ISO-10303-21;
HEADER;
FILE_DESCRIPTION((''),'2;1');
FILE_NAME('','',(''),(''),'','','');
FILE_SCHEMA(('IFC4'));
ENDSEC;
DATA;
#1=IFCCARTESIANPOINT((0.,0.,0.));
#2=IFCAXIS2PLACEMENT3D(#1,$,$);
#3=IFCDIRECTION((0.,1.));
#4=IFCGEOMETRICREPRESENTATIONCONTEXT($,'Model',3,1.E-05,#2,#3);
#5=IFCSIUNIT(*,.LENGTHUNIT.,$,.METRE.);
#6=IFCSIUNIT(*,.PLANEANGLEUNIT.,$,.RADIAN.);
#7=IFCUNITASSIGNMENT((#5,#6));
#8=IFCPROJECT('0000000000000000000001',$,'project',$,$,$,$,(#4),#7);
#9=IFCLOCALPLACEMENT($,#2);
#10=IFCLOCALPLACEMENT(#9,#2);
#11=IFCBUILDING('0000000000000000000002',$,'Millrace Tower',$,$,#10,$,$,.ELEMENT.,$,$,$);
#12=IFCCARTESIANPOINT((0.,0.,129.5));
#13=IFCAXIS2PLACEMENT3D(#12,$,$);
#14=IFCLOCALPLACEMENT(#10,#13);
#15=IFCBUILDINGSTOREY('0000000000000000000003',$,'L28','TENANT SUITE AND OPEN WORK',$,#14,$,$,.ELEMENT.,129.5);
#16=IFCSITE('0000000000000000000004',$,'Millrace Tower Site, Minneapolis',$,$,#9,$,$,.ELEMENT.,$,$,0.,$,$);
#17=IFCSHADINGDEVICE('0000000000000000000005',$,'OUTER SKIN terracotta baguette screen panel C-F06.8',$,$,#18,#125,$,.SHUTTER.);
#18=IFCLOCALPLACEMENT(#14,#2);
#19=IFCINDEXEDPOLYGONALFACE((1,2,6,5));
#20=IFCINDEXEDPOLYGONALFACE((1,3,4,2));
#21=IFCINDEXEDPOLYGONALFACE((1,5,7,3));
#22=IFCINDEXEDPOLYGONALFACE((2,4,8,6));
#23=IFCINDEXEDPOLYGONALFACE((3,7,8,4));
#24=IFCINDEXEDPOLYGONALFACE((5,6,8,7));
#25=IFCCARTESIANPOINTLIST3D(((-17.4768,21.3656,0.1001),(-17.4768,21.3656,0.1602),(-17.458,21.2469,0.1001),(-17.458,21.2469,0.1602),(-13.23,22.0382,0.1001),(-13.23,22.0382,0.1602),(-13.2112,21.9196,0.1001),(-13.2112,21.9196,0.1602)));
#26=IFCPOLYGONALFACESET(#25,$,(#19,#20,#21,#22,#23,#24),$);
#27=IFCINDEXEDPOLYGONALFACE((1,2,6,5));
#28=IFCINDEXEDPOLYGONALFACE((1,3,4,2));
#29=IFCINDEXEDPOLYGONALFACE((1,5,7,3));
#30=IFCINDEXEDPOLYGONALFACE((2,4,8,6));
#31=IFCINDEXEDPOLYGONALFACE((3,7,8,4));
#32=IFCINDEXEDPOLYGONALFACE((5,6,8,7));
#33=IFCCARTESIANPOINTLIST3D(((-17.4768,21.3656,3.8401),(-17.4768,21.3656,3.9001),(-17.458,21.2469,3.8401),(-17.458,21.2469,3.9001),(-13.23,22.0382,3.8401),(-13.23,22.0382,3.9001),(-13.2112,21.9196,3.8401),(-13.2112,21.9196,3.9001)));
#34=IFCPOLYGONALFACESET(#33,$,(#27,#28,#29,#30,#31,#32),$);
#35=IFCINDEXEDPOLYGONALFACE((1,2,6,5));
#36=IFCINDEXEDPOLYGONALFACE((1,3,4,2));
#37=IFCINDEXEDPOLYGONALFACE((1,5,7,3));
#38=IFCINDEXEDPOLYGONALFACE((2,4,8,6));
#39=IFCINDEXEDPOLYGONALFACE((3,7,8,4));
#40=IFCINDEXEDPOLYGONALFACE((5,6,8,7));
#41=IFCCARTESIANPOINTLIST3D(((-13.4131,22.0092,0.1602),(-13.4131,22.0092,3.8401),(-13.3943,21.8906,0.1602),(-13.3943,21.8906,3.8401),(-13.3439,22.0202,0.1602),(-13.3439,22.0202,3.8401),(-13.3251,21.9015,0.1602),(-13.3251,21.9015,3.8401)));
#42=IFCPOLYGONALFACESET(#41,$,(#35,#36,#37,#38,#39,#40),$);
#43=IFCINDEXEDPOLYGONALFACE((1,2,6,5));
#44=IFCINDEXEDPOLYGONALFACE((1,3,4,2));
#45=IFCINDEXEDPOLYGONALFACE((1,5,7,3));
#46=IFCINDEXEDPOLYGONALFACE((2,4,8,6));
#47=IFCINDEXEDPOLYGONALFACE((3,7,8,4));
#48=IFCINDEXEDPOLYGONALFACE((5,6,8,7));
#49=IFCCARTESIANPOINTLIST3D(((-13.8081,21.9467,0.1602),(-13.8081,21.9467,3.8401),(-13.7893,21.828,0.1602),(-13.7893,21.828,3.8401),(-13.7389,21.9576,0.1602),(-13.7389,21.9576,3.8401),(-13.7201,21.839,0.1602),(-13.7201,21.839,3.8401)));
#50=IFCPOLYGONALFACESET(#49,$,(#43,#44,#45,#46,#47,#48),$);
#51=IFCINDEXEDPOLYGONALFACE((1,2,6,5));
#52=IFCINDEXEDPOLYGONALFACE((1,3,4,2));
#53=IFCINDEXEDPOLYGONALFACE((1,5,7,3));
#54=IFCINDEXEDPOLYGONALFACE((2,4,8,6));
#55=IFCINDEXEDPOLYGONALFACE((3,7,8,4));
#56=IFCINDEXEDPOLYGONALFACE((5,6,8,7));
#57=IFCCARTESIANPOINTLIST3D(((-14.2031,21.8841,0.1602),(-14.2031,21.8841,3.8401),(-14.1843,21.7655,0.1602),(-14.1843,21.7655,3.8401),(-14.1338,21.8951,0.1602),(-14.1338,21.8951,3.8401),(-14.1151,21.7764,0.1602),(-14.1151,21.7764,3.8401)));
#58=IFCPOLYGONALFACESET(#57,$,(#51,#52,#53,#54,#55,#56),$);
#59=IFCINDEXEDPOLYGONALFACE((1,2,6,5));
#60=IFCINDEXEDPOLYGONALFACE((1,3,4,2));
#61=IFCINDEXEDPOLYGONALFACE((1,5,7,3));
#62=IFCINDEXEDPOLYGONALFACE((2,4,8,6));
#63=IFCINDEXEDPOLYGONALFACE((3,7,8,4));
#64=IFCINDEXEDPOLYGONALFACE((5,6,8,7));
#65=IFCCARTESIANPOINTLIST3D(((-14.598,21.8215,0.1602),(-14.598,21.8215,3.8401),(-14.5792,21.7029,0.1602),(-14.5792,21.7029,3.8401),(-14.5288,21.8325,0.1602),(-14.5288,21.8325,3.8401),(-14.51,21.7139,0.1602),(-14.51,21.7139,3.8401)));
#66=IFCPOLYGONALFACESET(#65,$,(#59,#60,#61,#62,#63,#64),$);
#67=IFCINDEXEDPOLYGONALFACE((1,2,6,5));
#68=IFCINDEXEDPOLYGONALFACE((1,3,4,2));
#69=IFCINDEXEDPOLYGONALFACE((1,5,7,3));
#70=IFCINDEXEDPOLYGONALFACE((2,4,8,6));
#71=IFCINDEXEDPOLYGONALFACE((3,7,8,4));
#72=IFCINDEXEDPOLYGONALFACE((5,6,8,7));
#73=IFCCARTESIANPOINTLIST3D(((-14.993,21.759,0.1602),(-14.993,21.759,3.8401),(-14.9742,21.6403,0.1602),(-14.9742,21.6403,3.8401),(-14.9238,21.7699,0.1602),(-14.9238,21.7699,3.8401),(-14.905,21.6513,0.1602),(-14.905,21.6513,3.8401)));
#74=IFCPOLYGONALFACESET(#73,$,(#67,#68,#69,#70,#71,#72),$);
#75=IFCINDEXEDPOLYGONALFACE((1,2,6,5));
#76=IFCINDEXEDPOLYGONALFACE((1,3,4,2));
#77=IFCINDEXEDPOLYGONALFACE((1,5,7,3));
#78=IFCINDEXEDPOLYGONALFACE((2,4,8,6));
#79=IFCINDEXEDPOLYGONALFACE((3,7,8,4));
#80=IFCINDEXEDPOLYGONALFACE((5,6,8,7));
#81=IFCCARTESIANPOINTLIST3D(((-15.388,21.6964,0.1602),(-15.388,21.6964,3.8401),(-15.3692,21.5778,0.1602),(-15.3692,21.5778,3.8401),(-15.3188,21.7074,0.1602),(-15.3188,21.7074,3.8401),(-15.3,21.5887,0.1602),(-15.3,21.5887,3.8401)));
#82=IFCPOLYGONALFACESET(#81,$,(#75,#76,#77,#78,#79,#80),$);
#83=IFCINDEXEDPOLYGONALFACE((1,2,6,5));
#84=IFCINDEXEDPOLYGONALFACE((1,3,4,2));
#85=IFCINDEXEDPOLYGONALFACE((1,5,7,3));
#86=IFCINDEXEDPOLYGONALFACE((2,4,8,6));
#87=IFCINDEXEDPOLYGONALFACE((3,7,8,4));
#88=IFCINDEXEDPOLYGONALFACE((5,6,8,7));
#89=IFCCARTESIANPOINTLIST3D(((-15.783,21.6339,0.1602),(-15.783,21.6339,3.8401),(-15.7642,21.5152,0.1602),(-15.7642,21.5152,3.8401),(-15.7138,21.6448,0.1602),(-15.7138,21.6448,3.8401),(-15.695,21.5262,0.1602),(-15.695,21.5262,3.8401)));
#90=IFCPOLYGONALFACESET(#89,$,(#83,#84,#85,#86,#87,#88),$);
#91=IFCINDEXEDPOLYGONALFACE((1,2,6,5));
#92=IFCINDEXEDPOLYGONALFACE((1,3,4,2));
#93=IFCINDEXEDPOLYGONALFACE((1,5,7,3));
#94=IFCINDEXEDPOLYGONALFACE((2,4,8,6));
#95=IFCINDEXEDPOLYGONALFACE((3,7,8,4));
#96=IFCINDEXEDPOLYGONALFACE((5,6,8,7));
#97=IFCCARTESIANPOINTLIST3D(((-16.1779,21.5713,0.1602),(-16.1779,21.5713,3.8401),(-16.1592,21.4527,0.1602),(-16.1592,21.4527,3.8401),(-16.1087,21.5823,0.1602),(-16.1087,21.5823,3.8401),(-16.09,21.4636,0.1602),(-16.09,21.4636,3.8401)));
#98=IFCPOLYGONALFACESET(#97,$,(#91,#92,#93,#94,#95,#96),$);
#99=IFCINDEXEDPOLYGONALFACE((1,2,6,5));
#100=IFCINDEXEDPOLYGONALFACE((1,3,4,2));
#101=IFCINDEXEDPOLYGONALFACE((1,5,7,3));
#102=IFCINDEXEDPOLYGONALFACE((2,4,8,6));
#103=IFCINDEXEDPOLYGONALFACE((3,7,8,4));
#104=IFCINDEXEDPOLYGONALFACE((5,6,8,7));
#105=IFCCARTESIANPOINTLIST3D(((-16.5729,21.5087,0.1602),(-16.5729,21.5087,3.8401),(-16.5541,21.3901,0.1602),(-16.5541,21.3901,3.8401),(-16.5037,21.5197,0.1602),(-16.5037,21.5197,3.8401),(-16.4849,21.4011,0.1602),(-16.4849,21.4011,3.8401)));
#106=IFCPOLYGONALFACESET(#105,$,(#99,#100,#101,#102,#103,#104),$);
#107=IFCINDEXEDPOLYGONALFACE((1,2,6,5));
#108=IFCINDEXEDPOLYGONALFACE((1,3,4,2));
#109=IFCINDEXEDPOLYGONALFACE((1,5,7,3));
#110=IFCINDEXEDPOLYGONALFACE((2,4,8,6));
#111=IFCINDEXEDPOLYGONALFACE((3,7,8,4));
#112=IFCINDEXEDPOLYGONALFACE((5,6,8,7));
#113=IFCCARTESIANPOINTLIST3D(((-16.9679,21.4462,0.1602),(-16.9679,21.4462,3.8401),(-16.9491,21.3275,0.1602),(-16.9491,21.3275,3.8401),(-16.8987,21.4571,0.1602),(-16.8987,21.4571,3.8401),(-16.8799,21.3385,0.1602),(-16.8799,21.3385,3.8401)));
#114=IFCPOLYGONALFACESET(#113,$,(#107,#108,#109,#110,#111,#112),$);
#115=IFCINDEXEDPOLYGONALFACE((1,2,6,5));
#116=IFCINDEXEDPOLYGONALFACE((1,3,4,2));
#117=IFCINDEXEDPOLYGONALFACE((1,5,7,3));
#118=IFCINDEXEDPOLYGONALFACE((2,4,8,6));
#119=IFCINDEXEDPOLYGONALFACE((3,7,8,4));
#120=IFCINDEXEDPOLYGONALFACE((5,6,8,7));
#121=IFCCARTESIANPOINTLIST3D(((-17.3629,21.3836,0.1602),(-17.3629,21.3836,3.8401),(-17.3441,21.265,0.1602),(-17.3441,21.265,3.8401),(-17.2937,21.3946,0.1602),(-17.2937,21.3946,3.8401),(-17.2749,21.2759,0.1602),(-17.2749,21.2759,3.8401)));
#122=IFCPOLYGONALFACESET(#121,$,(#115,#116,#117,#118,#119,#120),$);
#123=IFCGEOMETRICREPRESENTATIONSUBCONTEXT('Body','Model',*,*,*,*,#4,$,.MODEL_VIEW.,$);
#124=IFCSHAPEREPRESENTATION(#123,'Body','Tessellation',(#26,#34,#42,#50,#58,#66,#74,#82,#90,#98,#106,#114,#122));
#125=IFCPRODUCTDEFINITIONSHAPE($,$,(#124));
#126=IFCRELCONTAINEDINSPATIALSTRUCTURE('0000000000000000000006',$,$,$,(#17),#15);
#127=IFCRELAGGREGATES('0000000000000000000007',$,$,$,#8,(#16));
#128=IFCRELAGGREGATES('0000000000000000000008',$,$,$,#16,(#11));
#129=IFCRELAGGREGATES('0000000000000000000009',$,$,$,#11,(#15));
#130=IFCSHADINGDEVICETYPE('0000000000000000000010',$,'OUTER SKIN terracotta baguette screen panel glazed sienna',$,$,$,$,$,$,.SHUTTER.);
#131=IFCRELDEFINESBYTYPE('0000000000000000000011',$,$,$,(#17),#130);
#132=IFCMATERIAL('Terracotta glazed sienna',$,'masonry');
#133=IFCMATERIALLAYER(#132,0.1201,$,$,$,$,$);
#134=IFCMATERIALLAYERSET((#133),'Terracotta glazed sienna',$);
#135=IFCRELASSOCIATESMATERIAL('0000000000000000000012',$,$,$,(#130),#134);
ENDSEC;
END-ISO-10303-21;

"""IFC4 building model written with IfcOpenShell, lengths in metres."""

from ifc_helpers import new_model, entity, si_unit, direction, frame, frame_2d, origin, origin_2d, place, context, subcontext, project, spatial, rectangle, extrude, source, transform, mapped, material, layer, layer_set, type_object, element, save


model = new_model("IFC4")

# Units and contexts
model_context = context("Model", 3, precision=1e-05, world=origin(), true_north=direction((0.0, 1.0)))
body_context = subcontext(model_context, "Body", "Model", "MODEL_VIEW")
ifc_project = project(units=[si_unit("LENGTHUNIT", "METRE"), si_unit("PLANEANGLEUNIT", "RADIAN")], contexts=[model_context])

# Site, building, storey
site_placement = place(None, origin())
site = spatial("IfcSite", under=ifc_project, at=site_placement, Name="Millrace Tower Site, Minneapolis", CompositionType="ELEMENT", RefElevation=0.0)
building_placement = place(site_placement, origin())
building = spatial("IfcBuilding", under=site, at=building_placement, Name="Millrace Tower", CompositionType="ELEMENT")
storey_placement = place(building_placement, frame((0.0, 0.0, 129.5)))
storey = spatial("IfcBuildingStorey", under=building, at=storey_placement, Name="L28", Description="TENANT SUITE AND OPEN WORK", CompositionType="ELEMENT", Elevation=129.5)

# Shading device
ifc_material_1 = material(Name="Terracotta glazed sienna", Category="masonry")
ifc_layer_1 = layer(ifc_material_1, 0.1201)
ifc_layer_set_1 = layer_set([ifc_layer_1], Name="Terracotta glazed sienna")
shading_device_type = type_object("IfcShadingDeviceType", Name="OUTER SKIN terracotta baguette screen panel glazed sienna", PredefinedType="SHUTTER", material=ifc_layer_set_1)
cartesian_point_1 = entity("IfcCartesianPoint", [-2.1499, 0.0601])
shared_polyline_1 = entity("IfcPolyline", [cartesian_point_1, entity("IfcCartesianPoint", [2.1499, 0.0601]), entity("IfcCartesianPoint", [2.1499, -0.0601]), entity("IfcCartesianPoint", [-2.1499, -0.0601]), cartesian_point_1])
shared_shape_1 = source(origin(), body_context, "Body", "SweptSolid", [
    entity("IfcExtrudedAreaSolid", entity("IfcArbitraryClosedProfileDef", "AREA", None, shared_polyline_1), entity("IfcAxis2Placement3D", entity("IfcCartesianPoint", [0.0, 0.0, 0.0])), entity("IfcDirection", [0.0, 0.0, 1.0]), 0.0601),
    entity("IfcExtrudedAreaSolid", entity("IfcArbitraryClosedProfileDef", "AREA", None, shared_polyline_1), entity("IfcAxis2Placement3D", entity("IfcCartesianPoint", [0.0, 0.0, 3.74])), entity("IfcDirection", [0.0, 0.0, 1.0]), 0.0601),
    extrude(rectangle(XDim=0.0701, YDim=0.1201, at=frame_2d((-1.9995, 0.0))), frame((0.0, 0.0, 0.0601)), (0.0, 0.0, 1.0), 3.6799),
    extrude(rectangle(XDim=0.0701, YDim=0.1201, at=frame_2d((-1.5996, 0.0))), frame((0.0, 0.0, 0.0601)), (0.0, 0.0, 1.0), 3.6799),
    extrude(rectangle(XDim=0.0701, YDim=0.1201, at=frame_2d((-1.1997, 0.0))), frame((0.0, 0.0, 0.0601)), (0.0, 0.0, 1.0), 3.6799),
    extrude(rectangle(XDim=0.0701, YDim=0.1201, at=frame_2d((-0.7998, 0.0))), frame((0.0, 0.0, 0.0601)), (0.0, 0.0, 1.0), 3.6799),
    extrude(rectangle(XDim=0.0701, YDim=0.1201, at=frame_2d((-0.3999, 0.0))), frame((0.0, 0.0, 0.0601)), (0.0, 0.0, 1.0), 3.6799),
    extrude(rectangle(XDim=0.0701, YDim=0.1201, at=origin_2d()), frame((0.0, 0.0, 0.0601)), (0.0, 0.0, 1.0), 3.6799),
    extrude(rectangle(XDim=0.0701, YDim=0.1201, at=frame_2d((0.3999, 0.0))), frame((0.0, 0.0, 0.0601)), (0.0, 0.0, 1.0), 3.6799),
    extrude(rectangle(XDim=0.0701, YDim=0.1201, at=frame_2d((0.7998, 0.0))), frame((0.0, 0.0, 0.0601)), (0.0, 0.0, 1.0), 3.6799),
    extrude(rectangle(XDim=0.0701, YDim=0.1201, at=frame_2d((1.1997, 0.0))), frame((0.0, 0.0, 0.0601)), (0.0, 0.0, 1.0), 3.6799),
    extrude(rectangle(XDim=0.0701, YDim=0.1201, at=frame_2d((1.5996, 0.0))), frame((0.0, 0.0, 0.0601)), (0.0, 0.0, 1.0), 3.6799),
    extrude(rectangle(XDim=0.0701, YDim=0.1201, at=frame_2d((1.9995, 0.0))), frame((0.0, 0.0, 0.0601)), (0.0, 0.0, 1.0), 3.6799),
])
shading_device_1_placement = place(storey_placement, frame((-15.344, 21.6426, 0.1001), z_axis=(0.0, 0.0, 1.0), x_axis=(-0.987688, -0.156434, 0.0)))
element("IfcShadingDevice", 1, at=shading_device_1_placement, inside=storey, type_object=shading_device_type, Name="OUTER SKIN terracotta baguette screen panel C-F06.8", PredefinedType="SHUTTER", context=body_context, shape_type="MappedRepresentation", body=[
    mapped(shared_shape_1, transform((0.0, 0.0, 0.0), scale=1.0)),
])

save(model, "model.ifc")
